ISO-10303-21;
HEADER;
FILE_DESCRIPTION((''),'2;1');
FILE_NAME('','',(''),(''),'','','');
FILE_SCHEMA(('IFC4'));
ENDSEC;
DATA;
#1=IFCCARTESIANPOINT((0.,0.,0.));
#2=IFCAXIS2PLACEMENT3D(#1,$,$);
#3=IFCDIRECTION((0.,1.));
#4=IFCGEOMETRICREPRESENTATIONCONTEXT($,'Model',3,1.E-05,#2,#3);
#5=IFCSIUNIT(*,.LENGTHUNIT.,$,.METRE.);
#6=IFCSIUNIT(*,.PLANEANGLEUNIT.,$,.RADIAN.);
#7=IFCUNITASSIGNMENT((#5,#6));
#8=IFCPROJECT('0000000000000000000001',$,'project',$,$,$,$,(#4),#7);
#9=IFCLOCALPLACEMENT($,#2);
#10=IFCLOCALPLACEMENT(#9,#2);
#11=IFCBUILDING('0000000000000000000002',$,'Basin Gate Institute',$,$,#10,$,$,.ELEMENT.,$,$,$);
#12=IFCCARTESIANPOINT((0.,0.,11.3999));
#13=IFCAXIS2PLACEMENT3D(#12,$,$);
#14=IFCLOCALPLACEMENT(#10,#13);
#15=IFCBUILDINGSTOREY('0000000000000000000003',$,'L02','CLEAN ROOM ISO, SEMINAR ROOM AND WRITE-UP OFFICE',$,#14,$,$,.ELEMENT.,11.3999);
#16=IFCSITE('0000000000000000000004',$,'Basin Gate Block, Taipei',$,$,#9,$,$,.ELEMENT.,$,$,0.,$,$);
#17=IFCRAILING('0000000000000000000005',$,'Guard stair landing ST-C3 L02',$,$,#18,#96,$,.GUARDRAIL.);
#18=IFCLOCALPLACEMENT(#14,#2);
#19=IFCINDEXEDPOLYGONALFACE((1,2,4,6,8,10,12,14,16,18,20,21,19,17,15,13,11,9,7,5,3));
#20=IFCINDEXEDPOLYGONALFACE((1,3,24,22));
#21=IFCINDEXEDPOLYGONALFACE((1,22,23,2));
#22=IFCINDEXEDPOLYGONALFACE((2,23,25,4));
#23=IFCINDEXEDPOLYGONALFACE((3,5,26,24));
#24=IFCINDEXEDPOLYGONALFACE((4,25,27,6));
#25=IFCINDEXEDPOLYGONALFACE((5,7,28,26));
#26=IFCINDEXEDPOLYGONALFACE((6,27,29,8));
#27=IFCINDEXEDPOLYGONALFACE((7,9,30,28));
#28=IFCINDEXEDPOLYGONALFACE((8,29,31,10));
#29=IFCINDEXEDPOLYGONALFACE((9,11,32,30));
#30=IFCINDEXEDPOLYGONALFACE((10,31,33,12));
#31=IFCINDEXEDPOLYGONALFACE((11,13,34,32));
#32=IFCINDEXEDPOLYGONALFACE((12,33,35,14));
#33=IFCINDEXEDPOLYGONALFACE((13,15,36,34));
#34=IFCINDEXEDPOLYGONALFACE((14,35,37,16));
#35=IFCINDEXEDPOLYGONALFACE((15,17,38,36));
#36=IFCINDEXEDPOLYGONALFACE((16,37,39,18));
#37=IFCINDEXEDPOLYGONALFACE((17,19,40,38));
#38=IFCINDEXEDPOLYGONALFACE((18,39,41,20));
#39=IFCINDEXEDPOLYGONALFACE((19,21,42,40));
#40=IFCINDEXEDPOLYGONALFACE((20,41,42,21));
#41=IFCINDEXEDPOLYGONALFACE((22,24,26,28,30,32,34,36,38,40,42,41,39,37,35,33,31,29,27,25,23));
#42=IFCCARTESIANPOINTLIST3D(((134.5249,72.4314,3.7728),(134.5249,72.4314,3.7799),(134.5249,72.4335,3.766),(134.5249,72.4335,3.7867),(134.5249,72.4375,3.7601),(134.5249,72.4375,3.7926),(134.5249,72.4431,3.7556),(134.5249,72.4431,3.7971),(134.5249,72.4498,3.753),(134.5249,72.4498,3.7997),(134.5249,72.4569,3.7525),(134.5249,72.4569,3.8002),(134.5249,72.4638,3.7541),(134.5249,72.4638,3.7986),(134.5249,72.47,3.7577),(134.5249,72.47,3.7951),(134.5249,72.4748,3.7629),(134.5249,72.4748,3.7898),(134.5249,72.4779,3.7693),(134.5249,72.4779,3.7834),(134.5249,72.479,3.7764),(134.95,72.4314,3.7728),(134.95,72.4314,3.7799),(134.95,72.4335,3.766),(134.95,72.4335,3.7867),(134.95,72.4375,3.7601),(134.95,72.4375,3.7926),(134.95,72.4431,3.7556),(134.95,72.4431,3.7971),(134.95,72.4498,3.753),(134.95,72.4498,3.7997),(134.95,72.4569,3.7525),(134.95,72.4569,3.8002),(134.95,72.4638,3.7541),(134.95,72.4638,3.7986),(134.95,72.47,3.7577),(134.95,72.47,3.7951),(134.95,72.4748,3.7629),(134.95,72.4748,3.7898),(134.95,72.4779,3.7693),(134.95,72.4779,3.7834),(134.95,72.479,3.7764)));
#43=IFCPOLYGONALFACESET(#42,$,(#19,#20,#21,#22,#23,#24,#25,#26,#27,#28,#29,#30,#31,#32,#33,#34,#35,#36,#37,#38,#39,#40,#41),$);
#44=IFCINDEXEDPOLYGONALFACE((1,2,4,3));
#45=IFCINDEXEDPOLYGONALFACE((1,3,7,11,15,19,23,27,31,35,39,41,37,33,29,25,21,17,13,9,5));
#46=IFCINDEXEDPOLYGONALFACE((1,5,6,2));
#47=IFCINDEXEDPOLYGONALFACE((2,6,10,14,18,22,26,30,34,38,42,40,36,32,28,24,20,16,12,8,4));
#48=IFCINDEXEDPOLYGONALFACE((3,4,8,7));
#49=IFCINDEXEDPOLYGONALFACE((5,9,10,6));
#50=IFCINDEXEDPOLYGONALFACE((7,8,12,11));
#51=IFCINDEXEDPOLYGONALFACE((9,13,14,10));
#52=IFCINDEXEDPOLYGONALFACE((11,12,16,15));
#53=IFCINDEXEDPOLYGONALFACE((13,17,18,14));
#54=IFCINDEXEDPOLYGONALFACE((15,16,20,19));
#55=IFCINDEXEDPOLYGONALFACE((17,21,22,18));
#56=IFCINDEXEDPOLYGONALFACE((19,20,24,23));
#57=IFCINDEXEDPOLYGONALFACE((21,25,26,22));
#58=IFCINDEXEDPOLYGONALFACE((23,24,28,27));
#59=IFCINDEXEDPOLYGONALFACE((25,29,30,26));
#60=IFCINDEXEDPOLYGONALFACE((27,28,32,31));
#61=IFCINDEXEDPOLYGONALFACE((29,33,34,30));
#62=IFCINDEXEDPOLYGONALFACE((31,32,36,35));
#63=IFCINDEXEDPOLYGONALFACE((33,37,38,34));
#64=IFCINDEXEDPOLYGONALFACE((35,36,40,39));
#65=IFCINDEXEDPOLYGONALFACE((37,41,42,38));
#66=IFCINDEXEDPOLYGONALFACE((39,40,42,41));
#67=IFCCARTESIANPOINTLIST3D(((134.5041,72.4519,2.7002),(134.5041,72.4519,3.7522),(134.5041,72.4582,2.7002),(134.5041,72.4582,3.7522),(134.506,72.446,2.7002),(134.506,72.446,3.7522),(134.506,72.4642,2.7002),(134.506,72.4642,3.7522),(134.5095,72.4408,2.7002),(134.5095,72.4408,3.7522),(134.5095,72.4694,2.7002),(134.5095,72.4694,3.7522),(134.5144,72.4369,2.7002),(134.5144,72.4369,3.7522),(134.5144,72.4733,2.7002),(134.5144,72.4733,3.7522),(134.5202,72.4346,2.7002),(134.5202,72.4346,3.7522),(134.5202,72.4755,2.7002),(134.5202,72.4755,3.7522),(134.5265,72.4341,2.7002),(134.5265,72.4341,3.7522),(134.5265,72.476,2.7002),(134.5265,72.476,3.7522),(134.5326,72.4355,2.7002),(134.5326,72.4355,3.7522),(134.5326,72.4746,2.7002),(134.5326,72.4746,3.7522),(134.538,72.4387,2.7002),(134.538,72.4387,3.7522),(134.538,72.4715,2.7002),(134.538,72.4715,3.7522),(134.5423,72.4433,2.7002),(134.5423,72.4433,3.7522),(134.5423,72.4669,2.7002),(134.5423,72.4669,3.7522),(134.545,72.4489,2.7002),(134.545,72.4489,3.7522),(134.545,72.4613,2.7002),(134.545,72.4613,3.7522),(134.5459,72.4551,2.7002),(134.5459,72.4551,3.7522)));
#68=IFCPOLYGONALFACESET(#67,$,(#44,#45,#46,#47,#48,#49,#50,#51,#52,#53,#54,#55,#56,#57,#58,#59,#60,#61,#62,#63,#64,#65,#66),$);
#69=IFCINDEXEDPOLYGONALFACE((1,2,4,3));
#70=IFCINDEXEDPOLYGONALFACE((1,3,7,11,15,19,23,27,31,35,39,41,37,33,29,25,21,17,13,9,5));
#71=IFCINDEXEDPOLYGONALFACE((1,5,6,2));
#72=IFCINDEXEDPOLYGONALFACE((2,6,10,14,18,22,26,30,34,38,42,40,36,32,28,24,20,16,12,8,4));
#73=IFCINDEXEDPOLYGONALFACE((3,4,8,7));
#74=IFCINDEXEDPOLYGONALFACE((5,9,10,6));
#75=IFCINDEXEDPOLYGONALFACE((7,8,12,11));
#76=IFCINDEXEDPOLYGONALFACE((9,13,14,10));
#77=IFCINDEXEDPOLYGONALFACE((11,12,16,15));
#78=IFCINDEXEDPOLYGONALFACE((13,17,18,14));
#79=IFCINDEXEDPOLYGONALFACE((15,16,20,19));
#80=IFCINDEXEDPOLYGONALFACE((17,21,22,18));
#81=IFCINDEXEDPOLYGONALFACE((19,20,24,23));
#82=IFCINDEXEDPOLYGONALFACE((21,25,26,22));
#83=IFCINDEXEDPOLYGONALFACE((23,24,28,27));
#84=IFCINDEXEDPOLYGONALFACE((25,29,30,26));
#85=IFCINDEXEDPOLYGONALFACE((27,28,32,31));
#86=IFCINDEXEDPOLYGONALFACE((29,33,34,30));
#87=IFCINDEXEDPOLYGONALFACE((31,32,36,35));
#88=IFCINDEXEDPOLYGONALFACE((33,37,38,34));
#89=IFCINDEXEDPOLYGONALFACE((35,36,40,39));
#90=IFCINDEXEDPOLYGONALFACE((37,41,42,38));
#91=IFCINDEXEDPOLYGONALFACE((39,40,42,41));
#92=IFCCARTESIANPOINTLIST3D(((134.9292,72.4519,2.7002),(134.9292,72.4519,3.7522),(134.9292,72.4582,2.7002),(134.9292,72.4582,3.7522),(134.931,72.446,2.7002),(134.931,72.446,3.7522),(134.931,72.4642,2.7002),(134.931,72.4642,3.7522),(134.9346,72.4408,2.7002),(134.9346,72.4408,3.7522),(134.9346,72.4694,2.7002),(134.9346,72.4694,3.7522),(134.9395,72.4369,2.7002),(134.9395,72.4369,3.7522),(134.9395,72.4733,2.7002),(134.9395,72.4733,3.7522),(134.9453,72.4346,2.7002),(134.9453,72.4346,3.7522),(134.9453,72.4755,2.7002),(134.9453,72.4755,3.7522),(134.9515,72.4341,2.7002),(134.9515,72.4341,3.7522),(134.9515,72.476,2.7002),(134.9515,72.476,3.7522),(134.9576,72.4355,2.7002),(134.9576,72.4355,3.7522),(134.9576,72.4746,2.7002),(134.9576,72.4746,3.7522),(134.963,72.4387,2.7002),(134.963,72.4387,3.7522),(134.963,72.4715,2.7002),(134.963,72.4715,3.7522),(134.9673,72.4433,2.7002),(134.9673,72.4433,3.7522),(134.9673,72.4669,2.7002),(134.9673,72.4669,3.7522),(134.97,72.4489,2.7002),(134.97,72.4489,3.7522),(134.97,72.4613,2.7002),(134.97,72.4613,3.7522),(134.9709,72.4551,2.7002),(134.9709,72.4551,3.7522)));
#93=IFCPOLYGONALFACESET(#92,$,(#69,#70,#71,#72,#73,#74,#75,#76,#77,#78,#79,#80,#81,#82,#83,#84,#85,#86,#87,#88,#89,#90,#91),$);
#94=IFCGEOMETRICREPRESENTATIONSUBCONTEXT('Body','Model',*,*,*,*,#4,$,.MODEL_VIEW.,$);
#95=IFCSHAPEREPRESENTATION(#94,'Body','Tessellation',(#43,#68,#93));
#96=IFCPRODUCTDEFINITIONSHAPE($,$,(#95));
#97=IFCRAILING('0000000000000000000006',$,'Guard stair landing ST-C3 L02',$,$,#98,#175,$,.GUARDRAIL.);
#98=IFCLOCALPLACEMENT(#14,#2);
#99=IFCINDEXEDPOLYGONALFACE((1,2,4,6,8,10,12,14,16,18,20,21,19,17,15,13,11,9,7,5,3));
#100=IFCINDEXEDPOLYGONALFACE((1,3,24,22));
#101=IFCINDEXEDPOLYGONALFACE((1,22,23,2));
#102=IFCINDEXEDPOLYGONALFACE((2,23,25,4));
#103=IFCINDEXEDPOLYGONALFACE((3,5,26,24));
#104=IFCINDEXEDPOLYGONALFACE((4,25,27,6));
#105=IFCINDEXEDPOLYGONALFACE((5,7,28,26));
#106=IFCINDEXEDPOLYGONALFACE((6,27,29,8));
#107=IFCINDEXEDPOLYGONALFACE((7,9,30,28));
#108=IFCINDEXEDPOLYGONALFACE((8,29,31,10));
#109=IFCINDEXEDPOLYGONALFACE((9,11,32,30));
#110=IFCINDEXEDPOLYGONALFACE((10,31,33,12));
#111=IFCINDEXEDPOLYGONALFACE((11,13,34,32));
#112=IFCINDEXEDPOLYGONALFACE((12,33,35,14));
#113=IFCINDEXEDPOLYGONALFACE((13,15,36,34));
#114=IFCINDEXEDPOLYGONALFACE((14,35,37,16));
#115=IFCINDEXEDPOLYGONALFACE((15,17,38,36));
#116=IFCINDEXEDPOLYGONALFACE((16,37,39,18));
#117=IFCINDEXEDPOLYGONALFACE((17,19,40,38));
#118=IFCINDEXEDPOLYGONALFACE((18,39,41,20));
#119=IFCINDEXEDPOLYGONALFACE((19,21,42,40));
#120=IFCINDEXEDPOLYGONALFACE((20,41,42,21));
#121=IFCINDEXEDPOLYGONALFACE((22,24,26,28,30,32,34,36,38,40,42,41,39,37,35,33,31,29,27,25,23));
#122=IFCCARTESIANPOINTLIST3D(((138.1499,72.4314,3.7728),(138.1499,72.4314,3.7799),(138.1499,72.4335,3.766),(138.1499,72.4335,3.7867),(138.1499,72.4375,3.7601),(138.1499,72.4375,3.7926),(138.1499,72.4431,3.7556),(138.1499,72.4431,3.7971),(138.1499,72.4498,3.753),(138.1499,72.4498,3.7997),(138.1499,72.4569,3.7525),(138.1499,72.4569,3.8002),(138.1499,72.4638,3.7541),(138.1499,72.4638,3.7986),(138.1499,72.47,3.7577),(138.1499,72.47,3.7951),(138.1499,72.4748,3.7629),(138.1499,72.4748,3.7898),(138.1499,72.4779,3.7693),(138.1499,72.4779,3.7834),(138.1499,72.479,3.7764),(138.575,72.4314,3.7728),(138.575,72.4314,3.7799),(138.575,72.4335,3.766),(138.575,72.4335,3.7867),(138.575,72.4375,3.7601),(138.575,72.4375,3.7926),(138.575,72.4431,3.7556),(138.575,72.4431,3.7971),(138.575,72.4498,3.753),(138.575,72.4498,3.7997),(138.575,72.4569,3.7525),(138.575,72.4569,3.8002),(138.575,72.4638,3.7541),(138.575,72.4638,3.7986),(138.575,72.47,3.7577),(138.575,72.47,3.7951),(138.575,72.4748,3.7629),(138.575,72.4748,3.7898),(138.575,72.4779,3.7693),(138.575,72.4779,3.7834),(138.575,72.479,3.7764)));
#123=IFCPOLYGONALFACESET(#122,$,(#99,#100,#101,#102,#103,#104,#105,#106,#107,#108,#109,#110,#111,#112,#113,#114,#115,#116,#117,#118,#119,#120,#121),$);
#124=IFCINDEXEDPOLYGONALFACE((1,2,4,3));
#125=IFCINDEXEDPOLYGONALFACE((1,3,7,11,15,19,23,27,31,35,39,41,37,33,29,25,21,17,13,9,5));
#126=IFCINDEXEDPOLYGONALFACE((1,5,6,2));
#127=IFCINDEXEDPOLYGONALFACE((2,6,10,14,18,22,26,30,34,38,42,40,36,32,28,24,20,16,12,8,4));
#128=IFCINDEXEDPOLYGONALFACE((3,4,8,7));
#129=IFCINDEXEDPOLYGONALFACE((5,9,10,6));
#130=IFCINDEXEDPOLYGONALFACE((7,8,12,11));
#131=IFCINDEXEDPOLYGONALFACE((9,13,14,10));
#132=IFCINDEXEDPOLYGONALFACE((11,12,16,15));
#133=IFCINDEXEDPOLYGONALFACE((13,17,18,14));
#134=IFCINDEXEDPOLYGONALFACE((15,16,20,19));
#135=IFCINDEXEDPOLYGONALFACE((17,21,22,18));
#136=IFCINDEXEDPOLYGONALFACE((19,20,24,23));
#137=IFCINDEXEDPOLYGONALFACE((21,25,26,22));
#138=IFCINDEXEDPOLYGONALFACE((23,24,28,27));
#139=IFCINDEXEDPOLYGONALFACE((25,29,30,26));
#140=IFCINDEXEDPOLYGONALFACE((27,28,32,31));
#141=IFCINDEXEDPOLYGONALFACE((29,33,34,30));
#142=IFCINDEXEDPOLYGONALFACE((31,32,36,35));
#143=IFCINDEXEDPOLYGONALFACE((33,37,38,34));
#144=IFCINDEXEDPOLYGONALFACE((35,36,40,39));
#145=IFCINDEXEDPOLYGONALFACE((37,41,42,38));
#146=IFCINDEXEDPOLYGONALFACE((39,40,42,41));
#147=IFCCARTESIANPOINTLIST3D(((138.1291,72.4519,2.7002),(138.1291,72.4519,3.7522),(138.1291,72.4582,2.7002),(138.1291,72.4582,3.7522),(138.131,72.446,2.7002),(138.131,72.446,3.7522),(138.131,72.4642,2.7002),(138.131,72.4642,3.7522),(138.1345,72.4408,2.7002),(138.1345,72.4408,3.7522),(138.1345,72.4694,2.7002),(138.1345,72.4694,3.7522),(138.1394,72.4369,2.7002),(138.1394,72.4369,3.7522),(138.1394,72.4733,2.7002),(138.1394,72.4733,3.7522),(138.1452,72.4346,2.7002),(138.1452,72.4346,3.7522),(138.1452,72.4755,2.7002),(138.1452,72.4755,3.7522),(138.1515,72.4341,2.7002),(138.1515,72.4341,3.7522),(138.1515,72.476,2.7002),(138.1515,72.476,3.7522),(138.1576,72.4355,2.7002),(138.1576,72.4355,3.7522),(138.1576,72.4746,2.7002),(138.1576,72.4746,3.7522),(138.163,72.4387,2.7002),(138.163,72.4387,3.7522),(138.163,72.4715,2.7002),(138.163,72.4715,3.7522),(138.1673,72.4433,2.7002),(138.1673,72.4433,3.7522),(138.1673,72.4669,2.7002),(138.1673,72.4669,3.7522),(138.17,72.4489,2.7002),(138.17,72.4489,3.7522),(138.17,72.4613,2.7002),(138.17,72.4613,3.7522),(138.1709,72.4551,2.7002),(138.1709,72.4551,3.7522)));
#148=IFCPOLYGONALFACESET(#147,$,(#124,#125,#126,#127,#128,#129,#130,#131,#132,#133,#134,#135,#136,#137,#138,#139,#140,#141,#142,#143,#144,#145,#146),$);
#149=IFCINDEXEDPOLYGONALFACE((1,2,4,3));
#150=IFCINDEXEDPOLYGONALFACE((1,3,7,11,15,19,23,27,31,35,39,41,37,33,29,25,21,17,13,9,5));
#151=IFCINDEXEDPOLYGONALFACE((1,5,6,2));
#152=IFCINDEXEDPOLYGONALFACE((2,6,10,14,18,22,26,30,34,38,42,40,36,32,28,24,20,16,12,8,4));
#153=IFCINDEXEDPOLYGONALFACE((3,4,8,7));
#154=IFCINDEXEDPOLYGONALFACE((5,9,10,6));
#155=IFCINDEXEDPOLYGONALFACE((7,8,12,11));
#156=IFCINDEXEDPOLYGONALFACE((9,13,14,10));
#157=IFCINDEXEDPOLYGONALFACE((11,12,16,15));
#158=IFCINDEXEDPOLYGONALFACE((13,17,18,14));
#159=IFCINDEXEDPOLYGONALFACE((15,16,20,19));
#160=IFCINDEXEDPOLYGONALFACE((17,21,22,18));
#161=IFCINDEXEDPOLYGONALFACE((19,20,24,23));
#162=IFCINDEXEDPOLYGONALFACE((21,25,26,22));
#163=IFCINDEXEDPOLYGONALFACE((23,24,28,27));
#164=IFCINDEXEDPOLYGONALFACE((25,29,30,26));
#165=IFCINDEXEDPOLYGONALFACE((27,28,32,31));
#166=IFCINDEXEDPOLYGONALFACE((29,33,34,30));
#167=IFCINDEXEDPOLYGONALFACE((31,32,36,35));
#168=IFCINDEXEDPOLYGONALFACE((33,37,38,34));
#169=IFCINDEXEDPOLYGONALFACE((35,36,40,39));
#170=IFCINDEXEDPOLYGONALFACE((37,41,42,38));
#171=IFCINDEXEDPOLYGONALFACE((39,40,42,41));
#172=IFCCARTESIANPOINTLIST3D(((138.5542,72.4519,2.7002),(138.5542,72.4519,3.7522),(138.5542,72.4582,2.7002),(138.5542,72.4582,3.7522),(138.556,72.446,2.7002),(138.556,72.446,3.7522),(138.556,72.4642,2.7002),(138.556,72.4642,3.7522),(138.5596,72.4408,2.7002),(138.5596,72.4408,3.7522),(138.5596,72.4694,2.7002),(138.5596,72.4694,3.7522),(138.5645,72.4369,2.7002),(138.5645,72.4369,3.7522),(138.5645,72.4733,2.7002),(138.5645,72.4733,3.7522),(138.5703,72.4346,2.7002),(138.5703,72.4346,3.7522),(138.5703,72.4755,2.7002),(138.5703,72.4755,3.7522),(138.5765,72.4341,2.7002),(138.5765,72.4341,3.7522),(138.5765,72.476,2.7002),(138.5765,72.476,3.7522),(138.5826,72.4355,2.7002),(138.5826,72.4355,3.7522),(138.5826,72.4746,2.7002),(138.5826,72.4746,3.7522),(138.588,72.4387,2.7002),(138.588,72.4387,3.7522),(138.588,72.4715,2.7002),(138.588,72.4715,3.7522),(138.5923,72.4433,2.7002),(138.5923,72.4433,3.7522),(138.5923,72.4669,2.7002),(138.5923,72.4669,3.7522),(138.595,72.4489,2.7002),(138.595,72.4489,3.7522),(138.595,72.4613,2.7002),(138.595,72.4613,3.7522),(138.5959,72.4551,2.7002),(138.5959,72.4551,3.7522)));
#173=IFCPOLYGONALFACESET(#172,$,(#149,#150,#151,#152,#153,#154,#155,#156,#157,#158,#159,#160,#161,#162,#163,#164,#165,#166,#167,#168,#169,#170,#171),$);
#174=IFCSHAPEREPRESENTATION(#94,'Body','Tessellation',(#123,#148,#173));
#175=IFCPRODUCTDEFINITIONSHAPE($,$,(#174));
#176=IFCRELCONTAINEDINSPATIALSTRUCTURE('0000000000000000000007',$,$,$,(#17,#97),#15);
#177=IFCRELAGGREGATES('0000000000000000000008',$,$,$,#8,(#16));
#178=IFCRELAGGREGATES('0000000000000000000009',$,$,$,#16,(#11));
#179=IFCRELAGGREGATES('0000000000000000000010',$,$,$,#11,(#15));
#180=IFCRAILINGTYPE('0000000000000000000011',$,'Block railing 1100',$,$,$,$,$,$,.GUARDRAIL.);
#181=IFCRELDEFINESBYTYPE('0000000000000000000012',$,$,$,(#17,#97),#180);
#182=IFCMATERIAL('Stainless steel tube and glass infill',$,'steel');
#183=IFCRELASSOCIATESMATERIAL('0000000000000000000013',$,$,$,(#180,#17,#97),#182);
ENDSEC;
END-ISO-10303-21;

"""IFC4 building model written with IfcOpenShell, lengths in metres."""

from ifc_helpers import new_model, si_unit, direction, frame, origin, origin_2d, place, context, subcontext, project, spatial, circle, extrude, material, type_object, element, save


model = new_model("IFC4")

# Units and contexts
model_context = context("Model", 3, precision=1e-05, world=origin(), true_north=direction((0.0, 1.0)))
body_context = subcontext(model_context, "Body", "Model", "MODEL_VIEW")
ifc_project = project(units=[si_unit("LENGTHUNIT", "METRE"), si_unit("PLANEANGLEUNIT", "RADIAN")], contexts=[model_context])

# Site, building, storey
site_placement = place(None, origin())
site = spatial("IfcSite", under=ifc_project, at=site_placement, Name="Basin Gate Block, Taipei", CompositionType="ELEMENT", RefElevation=0.0)
building_placement = place(site_placement, origin())
building = spatial("IfcBuilding", under=site, at=building_placement, Name="Basin Gate Institute", CompositionType="ELEMENT")
storey_placement = place(building_placement, frame((0.0, 0.0, 11.3999)))
storey = spatial("IfcBuildingStorey", under=building, at=storey_placement, Name="L02", Description="CLEAN ROOM ISO, SEMINAR ROOM AND WRITE-UP OFFICE", CompositionType="ELEMENT", Elevation=11.3999)

# Railings
ifc_material_1 = material(Name="Stainless steel tube and glass infill", Category="steel")
railing_type_1 = type_object("IfcRailingType", Name="Block railing 1100", PredefinedType="GUARDRAIL", material=ifc_material_1)
for number, where, name in (
    (1, (134.5249, 72.4551, 2.7002), "Guard stair landing ST-C3 L02"),
    (2, (138.1499, 72.4551, 2.7002), "Guard stair landing ST-C3 L02"),
):
    element("IfcRailing", number, at=place(storey_placement, frame(where)), inside=storey, type_object=railing_type_1, material=ifc_material_1, Name=name, PredefinedType="GUARDRAIL", context=body_context, shape_type="SweptSolid", body=[
        extrude(circle(Radius=0.0239, at=origin_2d()), frame((0.0, 0.0, 1.0762), z_axis=(1.0, 0.0, 0.0), x_axis=(0.0, 1.0, 0.0)), (0.0, 0.0, 1.0), 0.425),
        extrude(circle(Radius=0.021, at=origin_2d()), origin(), (0.0, 0.0, 1.0), 1.052),
        extrude(circle(Radius=0.021, at=origin_2d()), frame((0.425, 0.0, 0.0)), (0.0, 0.0, 1.0), 1.052),
    ])

save(model, "model.ifc")
